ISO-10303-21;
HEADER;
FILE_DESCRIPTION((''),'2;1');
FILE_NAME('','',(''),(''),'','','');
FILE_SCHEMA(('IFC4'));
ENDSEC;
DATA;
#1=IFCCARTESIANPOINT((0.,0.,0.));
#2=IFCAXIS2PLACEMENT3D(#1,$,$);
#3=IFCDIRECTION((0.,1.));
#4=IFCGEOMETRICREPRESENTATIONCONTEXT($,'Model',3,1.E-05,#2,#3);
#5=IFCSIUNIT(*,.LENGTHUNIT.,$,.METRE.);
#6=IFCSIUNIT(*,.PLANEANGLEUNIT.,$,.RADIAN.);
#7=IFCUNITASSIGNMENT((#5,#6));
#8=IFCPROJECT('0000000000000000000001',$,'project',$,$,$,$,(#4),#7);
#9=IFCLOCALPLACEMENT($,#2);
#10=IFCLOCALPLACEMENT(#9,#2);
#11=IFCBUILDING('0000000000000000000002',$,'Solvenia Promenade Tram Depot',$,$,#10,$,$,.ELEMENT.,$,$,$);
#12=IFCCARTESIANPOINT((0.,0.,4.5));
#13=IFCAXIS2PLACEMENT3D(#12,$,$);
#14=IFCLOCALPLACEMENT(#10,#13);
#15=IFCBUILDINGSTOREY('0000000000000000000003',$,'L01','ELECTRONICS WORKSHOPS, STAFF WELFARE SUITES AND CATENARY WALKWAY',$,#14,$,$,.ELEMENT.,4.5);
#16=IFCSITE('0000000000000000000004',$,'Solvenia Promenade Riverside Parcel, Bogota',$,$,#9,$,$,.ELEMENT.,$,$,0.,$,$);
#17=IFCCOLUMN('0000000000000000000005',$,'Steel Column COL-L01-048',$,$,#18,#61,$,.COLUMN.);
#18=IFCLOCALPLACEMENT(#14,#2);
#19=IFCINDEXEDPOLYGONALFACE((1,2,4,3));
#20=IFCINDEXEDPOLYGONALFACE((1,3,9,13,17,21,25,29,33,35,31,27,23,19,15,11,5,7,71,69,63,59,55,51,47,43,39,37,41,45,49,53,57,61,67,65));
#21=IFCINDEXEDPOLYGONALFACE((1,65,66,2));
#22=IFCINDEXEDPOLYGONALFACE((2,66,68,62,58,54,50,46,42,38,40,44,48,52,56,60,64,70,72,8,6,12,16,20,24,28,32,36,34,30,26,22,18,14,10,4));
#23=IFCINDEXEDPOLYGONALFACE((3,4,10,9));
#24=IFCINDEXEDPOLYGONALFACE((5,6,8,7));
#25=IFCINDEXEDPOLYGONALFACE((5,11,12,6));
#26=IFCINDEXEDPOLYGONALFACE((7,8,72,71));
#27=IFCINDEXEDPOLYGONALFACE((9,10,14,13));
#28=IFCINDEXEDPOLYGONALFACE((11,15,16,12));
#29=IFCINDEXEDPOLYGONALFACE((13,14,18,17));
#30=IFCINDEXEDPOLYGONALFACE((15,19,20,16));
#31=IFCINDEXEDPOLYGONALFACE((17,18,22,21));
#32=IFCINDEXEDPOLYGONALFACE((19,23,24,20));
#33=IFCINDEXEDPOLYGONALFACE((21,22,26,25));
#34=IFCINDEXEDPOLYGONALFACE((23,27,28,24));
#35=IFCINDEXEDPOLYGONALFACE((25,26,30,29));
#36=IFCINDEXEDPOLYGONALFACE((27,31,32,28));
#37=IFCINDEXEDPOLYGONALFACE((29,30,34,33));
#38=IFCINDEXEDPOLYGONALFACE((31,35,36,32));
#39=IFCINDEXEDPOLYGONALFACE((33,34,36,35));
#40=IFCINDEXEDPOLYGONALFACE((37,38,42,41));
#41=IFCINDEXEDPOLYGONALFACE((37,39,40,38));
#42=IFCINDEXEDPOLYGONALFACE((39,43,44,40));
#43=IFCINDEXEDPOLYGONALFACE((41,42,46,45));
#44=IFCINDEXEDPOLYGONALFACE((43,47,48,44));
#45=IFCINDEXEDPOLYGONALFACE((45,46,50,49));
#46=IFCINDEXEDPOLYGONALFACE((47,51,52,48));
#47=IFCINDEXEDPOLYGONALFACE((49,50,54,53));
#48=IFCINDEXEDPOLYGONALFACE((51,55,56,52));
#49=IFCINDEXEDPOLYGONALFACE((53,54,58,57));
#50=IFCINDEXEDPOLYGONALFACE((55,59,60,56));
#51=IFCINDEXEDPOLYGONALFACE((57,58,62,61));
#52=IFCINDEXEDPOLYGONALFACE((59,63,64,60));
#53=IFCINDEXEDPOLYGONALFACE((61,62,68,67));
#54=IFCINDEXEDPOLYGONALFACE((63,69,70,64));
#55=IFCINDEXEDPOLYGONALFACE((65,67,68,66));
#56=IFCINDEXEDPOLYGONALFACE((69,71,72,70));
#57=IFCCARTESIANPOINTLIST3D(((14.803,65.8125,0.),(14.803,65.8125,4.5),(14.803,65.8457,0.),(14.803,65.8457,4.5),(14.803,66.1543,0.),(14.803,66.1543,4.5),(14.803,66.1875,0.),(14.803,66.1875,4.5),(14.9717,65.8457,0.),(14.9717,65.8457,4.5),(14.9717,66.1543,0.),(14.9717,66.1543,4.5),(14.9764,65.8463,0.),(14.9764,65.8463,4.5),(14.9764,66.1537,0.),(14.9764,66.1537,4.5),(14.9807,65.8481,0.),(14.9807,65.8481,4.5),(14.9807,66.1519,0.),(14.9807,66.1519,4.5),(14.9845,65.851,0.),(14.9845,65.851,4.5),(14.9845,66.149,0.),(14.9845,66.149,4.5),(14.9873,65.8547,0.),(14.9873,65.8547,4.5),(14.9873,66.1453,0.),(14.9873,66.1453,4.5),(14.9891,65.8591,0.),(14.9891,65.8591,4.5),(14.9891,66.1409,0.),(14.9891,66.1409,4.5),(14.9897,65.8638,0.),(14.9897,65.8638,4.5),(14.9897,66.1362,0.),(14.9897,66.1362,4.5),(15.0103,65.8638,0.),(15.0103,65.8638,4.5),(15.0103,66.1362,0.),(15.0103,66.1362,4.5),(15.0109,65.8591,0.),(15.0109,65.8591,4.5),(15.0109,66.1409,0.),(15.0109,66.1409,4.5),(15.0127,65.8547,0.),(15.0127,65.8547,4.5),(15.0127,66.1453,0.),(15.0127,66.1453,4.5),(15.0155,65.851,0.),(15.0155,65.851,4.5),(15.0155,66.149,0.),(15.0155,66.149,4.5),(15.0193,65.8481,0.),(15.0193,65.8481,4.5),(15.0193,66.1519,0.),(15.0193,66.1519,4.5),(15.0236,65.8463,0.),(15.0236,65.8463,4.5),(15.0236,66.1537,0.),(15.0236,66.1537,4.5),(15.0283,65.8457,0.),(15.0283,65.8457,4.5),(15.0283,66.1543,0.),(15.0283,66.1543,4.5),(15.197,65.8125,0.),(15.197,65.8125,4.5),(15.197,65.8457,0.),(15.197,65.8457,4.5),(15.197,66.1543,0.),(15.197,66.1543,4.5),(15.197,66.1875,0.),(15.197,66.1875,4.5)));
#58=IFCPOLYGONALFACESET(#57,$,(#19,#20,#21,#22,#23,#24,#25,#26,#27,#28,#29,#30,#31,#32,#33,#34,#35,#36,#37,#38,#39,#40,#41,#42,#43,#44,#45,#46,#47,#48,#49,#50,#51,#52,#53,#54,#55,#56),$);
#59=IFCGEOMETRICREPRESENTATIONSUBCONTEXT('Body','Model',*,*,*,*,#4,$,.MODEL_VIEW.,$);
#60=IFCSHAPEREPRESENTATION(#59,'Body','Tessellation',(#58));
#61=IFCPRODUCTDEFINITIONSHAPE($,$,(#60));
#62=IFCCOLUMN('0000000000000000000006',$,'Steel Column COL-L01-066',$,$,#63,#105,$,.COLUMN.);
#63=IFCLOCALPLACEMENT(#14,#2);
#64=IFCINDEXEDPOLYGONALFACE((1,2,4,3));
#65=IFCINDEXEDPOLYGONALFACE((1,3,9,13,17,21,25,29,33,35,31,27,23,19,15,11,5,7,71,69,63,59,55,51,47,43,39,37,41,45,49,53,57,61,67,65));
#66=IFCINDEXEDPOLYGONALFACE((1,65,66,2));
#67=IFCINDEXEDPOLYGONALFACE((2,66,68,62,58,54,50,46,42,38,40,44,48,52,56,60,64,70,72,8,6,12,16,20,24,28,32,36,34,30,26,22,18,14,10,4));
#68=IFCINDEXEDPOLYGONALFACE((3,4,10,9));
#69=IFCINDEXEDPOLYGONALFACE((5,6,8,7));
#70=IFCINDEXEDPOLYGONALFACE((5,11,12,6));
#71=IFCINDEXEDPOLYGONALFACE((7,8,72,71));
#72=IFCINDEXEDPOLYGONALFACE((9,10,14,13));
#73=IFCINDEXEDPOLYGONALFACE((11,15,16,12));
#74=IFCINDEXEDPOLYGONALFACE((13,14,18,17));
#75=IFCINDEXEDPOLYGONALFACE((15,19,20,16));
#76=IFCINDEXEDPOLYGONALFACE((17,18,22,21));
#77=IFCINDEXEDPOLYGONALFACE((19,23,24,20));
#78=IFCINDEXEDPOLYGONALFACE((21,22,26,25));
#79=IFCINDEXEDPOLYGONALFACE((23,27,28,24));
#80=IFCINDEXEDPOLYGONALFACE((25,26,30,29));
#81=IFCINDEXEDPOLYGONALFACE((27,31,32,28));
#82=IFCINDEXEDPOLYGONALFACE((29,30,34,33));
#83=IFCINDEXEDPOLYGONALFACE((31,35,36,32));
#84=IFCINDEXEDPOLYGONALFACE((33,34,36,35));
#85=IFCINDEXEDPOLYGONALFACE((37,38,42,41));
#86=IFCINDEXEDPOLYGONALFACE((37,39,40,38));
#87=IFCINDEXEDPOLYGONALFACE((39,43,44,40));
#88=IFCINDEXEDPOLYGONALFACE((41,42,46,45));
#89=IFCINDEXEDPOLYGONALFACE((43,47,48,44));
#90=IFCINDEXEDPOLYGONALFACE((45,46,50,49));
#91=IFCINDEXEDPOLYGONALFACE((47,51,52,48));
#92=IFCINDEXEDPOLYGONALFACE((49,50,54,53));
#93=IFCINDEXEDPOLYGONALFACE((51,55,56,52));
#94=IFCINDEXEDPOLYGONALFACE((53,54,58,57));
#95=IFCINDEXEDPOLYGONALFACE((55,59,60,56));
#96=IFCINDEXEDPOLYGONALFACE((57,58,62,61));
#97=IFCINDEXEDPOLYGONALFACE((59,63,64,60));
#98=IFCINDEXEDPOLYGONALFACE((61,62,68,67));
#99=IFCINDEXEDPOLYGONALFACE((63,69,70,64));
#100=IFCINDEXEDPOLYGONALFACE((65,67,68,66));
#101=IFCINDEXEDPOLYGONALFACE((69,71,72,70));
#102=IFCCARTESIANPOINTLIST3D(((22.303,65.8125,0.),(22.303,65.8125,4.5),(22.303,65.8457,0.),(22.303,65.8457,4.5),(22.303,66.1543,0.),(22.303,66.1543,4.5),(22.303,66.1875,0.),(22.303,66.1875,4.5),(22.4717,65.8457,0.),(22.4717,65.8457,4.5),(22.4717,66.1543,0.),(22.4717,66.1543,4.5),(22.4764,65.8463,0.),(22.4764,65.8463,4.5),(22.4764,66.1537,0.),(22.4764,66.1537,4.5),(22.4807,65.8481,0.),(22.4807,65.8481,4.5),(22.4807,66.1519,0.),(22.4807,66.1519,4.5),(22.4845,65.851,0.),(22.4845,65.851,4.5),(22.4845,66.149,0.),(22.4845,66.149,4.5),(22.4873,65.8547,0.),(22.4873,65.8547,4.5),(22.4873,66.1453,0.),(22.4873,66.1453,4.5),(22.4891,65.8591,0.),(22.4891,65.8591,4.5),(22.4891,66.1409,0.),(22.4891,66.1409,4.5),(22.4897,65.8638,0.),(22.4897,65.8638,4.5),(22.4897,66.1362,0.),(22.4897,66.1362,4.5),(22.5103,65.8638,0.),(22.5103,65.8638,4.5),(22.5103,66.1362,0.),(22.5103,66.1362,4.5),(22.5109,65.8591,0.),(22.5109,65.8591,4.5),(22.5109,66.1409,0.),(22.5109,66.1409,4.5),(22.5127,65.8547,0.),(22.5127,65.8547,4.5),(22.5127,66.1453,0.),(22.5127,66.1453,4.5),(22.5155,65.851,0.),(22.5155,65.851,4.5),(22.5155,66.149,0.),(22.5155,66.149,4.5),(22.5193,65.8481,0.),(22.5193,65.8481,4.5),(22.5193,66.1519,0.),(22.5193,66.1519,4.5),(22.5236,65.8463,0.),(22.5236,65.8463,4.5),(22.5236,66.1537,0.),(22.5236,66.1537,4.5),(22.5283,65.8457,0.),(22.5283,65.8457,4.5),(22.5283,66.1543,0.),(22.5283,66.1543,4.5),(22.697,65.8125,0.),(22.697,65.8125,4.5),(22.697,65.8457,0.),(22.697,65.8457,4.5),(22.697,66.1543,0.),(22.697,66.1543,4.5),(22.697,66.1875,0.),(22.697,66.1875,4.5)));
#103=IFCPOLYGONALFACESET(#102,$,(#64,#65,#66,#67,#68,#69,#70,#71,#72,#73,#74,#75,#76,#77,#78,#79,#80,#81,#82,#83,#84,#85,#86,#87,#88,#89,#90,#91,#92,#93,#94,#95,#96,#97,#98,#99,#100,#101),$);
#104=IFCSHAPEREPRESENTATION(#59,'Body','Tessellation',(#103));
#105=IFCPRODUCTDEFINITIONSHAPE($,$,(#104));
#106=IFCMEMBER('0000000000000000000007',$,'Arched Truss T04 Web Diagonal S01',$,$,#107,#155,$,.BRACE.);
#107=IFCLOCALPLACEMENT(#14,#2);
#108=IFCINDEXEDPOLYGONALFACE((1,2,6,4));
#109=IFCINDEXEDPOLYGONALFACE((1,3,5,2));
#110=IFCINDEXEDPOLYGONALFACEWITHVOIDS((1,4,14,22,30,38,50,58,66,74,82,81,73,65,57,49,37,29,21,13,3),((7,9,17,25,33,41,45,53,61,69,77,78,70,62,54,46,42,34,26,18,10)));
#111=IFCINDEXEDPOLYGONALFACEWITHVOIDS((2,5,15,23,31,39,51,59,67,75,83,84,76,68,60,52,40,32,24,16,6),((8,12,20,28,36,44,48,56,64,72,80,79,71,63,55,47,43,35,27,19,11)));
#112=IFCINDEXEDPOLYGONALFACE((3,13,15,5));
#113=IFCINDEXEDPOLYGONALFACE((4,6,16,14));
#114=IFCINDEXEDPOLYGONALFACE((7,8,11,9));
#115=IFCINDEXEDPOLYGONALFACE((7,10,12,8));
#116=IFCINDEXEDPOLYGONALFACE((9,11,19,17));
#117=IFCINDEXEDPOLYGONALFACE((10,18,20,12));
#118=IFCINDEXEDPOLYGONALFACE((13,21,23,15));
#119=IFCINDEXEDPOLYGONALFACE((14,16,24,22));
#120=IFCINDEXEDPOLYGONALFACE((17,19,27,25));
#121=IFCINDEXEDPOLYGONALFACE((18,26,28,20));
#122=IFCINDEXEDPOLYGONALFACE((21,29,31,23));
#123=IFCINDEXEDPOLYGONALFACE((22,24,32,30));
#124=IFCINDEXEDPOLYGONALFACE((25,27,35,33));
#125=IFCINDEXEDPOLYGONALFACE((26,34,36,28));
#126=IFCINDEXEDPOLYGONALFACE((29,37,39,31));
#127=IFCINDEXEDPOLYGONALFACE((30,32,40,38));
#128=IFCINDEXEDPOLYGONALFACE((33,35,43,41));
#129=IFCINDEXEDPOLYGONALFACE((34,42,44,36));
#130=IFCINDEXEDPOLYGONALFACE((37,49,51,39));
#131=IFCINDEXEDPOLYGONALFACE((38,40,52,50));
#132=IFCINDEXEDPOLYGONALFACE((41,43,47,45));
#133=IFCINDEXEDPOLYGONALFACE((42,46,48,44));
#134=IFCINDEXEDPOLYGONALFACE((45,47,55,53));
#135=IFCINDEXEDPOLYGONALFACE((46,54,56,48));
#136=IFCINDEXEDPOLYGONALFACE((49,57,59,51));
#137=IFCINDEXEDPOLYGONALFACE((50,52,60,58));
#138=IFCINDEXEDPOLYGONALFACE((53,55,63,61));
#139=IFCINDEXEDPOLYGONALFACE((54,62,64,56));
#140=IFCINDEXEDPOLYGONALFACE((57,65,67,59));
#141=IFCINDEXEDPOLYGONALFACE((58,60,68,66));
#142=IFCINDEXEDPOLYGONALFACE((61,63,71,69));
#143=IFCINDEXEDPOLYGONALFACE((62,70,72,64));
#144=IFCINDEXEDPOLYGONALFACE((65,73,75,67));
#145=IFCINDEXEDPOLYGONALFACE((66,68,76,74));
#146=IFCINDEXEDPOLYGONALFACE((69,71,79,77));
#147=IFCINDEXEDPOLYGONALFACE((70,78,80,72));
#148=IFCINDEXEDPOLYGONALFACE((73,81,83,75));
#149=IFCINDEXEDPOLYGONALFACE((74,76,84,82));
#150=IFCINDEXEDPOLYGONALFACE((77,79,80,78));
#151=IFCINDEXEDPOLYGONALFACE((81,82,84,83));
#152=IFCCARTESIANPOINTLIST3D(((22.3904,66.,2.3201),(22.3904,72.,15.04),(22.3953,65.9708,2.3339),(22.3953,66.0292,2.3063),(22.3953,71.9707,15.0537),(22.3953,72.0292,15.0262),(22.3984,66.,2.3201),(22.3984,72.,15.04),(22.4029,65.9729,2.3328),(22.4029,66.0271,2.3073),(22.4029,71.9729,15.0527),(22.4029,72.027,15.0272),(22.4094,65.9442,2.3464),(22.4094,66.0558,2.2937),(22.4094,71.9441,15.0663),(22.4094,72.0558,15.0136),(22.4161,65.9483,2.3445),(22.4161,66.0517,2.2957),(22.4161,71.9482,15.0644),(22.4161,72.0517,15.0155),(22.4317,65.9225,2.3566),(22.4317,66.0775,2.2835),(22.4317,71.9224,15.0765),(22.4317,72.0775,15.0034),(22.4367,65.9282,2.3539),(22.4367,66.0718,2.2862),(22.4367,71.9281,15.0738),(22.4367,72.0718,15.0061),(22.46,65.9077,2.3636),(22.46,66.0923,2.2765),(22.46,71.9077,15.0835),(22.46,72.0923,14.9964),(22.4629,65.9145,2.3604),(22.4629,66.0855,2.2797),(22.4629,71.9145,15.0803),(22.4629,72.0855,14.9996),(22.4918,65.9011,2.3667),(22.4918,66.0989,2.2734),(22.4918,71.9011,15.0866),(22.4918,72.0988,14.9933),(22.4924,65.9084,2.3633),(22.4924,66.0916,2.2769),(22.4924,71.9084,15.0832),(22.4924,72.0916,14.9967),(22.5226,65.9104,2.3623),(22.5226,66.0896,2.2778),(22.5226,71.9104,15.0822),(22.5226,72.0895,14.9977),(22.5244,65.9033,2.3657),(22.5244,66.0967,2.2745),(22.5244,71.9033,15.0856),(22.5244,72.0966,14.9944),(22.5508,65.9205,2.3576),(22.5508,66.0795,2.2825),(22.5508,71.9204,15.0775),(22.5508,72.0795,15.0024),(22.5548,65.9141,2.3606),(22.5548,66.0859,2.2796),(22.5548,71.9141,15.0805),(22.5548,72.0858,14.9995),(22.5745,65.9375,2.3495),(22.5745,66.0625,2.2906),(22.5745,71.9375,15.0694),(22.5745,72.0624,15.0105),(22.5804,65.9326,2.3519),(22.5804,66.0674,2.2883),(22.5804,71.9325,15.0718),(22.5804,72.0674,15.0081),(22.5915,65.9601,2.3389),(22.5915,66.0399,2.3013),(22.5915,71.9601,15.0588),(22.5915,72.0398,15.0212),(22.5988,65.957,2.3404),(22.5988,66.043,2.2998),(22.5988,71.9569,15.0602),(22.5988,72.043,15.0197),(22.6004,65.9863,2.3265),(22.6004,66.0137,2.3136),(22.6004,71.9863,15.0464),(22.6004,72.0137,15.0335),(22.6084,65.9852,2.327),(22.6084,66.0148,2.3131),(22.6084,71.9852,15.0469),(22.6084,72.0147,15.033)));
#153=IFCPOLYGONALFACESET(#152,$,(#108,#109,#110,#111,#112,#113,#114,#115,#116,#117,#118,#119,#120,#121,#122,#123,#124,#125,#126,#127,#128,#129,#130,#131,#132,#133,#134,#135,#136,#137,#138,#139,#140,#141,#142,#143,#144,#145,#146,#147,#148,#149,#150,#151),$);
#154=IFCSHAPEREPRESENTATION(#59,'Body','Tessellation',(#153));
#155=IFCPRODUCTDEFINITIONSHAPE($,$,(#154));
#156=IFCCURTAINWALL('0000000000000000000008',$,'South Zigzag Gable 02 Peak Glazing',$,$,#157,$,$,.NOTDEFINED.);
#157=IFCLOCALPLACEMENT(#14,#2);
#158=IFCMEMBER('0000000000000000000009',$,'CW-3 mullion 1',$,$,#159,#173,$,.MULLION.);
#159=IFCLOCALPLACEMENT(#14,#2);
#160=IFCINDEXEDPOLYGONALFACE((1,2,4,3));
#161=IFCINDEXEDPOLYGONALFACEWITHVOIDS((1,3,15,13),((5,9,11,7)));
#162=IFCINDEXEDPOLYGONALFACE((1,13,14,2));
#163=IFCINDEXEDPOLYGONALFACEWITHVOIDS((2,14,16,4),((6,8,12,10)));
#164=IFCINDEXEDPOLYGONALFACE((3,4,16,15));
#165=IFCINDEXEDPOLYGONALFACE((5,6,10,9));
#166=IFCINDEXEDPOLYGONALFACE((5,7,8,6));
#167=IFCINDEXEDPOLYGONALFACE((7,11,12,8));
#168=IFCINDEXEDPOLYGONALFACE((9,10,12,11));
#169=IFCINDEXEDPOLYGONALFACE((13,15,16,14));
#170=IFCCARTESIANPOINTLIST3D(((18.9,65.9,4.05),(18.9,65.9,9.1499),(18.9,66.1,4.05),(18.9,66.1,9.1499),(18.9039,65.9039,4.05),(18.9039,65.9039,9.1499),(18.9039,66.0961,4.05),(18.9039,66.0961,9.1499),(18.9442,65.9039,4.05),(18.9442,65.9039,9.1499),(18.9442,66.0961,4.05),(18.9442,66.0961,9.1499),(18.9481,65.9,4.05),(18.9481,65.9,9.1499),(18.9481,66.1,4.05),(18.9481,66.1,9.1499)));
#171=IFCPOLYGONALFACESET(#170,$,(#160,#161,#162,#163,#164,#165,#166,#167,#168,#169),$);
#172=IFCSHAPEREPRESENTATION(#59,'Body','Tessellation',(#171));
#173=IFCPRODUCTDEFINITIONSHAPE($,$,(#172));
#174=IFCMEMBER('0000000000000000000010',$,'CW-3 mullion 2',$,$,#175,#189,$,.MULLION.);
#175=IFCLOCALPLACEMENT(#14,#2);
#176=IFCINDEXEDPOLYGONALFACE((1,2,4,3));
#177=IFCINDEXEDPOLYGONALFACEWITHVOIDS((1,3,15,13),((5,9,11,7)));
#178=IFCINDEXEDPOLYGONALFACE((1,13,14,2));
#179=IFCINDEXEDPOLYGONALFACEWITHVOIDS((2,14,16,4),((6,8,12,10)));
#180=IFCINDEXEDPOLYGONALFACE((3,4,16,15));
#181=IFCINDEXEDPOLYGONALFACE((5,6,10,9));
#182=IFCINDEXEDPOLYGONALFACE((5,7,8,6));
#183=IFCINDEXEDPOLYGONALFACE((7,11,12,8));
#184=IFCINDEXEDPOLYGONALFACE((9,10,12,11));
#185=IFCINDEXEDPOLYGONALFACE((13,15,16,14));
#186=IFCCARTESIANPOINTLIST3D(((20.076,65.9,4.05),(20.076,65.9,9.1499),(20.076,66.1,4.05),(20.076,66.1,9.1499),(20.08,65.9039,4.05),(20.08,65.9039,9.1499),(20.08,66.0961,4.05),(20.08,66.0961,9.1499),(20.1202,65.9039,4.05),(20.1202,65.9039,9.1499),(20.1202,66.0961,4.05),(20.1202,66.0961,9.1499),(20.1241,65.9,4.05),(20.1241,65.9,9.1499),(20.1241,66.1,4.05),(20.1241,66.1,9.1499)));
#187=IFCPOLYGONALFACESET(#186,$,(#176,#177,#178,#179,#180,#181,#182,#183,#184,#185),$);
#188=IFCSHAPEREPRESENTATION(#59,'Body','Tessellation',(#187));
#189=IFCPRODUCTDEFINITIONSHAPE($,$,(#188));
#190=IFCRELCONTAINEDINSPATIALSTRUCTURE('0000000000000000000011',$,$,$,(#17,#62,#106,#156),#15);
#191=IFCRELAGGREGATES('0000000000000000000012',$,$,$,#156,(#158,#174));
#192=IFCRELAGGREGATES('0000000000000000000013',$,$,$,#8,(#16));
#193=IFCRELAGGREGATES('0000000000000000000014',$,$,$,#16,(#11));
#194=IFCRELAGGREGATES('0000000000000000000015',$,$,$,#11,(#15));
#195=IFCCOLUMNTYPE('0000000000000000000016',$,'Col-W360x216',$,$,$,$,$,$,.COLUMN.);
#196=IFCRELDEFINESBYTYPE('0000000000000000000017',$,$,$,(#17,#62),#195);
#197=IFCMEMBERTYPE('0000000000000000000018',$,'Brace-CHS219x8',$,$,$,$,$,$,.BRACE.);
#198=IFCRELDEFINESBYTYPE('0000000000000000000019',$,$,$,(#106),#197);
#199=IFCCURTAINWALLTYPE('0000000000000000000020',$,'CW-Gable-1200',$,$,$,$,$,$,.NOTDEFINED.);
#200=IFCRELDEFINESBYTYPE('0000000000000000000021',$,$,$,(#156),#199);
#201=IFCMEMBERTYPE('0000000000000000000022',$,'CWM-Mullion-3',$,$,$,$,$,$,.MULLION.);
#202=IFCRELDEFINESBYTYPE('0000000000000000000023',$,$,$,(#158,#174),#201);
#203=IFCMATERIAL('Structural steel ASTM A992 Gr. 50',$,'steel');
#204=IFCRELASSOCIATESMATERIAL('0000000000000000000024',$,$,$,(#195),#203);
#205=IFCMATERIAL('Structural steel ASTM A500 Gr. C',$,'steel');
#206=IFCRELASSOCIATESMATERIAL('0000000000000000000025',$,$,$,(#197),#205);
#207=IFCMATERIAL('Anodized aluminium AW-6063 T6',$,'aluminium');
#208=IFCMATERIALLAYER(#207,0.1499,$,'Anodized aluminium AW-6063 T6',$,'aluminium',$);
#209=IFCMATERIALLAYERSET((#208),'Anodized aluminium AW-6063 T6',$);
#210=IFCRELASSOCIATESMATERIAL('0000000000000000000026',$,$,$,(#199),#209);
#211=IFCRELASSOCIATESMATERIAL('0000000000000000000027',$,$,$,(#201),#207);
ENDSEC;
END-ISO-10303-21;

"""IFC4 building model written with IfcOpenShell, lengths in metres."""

from ifc_helpers import new_model, si_unit, direction, frame, origin, origin_2d, place, context, subcontext, project, spatial, hollow_rectangle, hollow_circle, i_section, extrude, material, layer, layer_set, material_profile, profile_set, type_object, element, aggregate, save


model = new_model("IFC4")

# Units and contexts
model_context = context("Model", 3, precision=1e-05, world=origin(), true_north=direction((0.0, 1.0)))
body_context = subcontext(model_context, "Body", "Model", "MODEL_VIEW")
ifc_project = project(units=[si_unit("LENGTHUNIT", "METRE"), si_unit("PLANEANGLEUNIT", "RADIAN")], contexts=[model_context])

# Site, building, storey
site_placement = place(None, origin())
site = spatial("IfcSite", under=ifc_project, at=site_placement, Name="Solvenia Promenade Riverside Parcel, Bogota", CompositionType="ELEMENT", RefElevation=0.0)
building_placement = place(site_placement, origin())
building = spatial("IfcBuilding", under=site, at=building_placement, Name="Solvenia Promenade Tram Depot", CompositionType="ELEMENT")
storey_placement = place(building_placement, frame((0.0, 0.0, 4.5)))
storey = spatial("IfcBuildingStorey", under=building, at=storey_placement, Name="L01", Description="ELECTRONICS WORKSHOPS, STAFF WELFARE SUITES AND CATENARY WALKWAY", CompositionType="ELEMENT", Elevation=4.5)

# Columns
ifc_material_1 = material(Name="Structural steel ASTM A992 Gr. 50", Category="steel")
ifc_material_profile_1 = material_profile(ifc_material_1, i_section(OverallWidth=0.394, OverallDepth=0.375, WebThickness=0.0205, FlangeThickness=0.0332, FilletRadius=0.0181, at=origin_2d()), Name="W360x216", Category="steel")
ifc_profile_set_1 = profile_set([ifc_material_profile_1], Name="Structural steel ASTM A992 Gr. 50")
column_type = type_object("IfcColumnType", Name="Col-W360x216", PredefinedType="COLUMN", material=ifc_profile_set_1)
for number, where, z_axis, x_axis, name in (
    (1, (15.0, 66.0, 0.0), (0.0, 0.0, 1.0), (1.0, 0.0, 0.0), "Steel Column COL-L01-048"),
    (2, (22.5, 66.0, 0.0), (0.0, 0.0, 1.0), (1.0, 0.0, 0.0), "Steel Column COL-L01-066"),
):
    element("IfcColumn", number, at=place(storey_placement, frame(where, z_axis=z_axis, x_axis=x_axis)), inside=storey, type_object=column_type, Name=name, PredefinedType="COLUMN", context=body_context, shape_type="SweptSolid", body=[
        extrude(i_section(OverallWidth=0.394, OverallDepth=0.375, WebThickness=0.0205, FlangeThickness=0.0332, FilletRadius=0.0181, at=origin_2d()), origin(), (0.0, 0.0, 1.0), 4.5),
    ])

# Member
ifc_material_2 = material(Name="Structural steel ASTM A500 Gr. C", Category="steel")
ifc_material_profile_2 = material_profile(ifc_material_2, hollow_circle(Radius=0.1096, WallThickness=0.0081, at=origin_2d()), Name="CHS219.1x8", Category="steel")
ifc_profile_set_2 = profile_set([ifc_material_profile_2], Name="Structural steel ASTM A500 Gr. C")
member_type_1 = type_object("IfcMemberType", Name="Brace-CHS219x8", PredefinedType="BRACE", material=ifc_profile_set_2)
member_1_placement = place(storey_placement, frame((22.5, 66.0, 2.3201), z_axis=(0.0, 0.426619, 0.904431), x_axis=(-1.0, 0.0, 0.0)))
element("IfcMember", 3, at=member_1_placement, inside=storey, type_object=member_type_1, Name="Arched Truss T04 Web Diagonal S01", PredefinedType="BRACE", context=body_context, shape_type="SweptSolid", body=[
    extrude(hollow_circle(Radius=0.1096, WallThickness=0.0081, at=origin_2d()), origin(), (0.0, 0.0, 1.0), 14.064),
])

# Curtain wall, members
ifc_material_3 = material(Name="Anodized aluminium AW-6063 T6", Category="aluminium")
ifc_layer_1 = layer(ifc_material_3, 0.1499, Name="Anodized aluminium AW-6063 T6", Category="aluminium")
ifc_layer_set_1 = layer_set([ifc_layer_1], Name="Anodized aluminium AW-6063 T6")
curtain_wall_type = type_object("IfcCurtainWallType", Name="CW-Gable-1200", PredefinedType="NOTDEFINED", material=ifc_layer_set_1)
curtain_wall_placement = place(storey_placement, origin())
curtain_wall = element("IfcCurtainWall", 4, at=curtain_wall_placement, inside=storey, type_object=curtain_wall_type, Name="South Zigzag Gable 02 Peak Glazing", PredefinedType="NOTDEFINED")
ifc_material_profile_3 = material_profile(ifc_material_3, hollow_rectangle(XDim=0.2, YDim=0.0481, WallThickness=0.0039, at=origin_2d()), Name="ALU-M3", Category="aluminium")
ifc_profile_set_3 = profile_set([ifc_material_profile_3], Name="Anodized aluminium AW-6063 T6")
member_type_2 = type_object("IfcMemberType", Name="CWM-Mullion-3", PredefinedType="MULLION", material=ifc_profile_set_3)
member_2_placement = place(storey_placement, frame((18.9241, 66.0, 4.05), z_axis=(0.0, 0.0, 1.0), x_axis=(0.0, 1.0, 0.0)))
member_2 = element("IfcMember", 5, at=member_2_placement, type_object=member_type_2, Name="CW-3 mullion 1", PredefinedType="MULLION", context=body_context, shape_type="SweptSolid", body=[
    extrude(hollow_rectangle(XDim=0.2, YDim=0.0481, WallThickness=0.0039, at=origin_2d()), origin(), (0.0, 0.0, 1.0), 5.0999),
])
member_3_placement = place(storey_placement, frame((20.1001, 66.0, 4.05), z_axis=(0.0, 0.0, 1.0), x_axis=(0.0, 1.0, 0.0)))
member_3 = element("IfcMember", 6, at=member_3_placement, type_object=member_type_2, Name="CW-3 mullion 2", PredefinedType="MULLION", context=body_context, shape_type="SweptSolid", body=[
    extrude(hollow_rectangle(XDim=0.2, YDim=0.0481, WallThickness=0.0039, at=origin_2d()), origin(), (0.0, 0.0, 1.0), 5.0999),
])
aggregate(curtain_wall, [member_2, member_3])

save(model, "model.ifc")
